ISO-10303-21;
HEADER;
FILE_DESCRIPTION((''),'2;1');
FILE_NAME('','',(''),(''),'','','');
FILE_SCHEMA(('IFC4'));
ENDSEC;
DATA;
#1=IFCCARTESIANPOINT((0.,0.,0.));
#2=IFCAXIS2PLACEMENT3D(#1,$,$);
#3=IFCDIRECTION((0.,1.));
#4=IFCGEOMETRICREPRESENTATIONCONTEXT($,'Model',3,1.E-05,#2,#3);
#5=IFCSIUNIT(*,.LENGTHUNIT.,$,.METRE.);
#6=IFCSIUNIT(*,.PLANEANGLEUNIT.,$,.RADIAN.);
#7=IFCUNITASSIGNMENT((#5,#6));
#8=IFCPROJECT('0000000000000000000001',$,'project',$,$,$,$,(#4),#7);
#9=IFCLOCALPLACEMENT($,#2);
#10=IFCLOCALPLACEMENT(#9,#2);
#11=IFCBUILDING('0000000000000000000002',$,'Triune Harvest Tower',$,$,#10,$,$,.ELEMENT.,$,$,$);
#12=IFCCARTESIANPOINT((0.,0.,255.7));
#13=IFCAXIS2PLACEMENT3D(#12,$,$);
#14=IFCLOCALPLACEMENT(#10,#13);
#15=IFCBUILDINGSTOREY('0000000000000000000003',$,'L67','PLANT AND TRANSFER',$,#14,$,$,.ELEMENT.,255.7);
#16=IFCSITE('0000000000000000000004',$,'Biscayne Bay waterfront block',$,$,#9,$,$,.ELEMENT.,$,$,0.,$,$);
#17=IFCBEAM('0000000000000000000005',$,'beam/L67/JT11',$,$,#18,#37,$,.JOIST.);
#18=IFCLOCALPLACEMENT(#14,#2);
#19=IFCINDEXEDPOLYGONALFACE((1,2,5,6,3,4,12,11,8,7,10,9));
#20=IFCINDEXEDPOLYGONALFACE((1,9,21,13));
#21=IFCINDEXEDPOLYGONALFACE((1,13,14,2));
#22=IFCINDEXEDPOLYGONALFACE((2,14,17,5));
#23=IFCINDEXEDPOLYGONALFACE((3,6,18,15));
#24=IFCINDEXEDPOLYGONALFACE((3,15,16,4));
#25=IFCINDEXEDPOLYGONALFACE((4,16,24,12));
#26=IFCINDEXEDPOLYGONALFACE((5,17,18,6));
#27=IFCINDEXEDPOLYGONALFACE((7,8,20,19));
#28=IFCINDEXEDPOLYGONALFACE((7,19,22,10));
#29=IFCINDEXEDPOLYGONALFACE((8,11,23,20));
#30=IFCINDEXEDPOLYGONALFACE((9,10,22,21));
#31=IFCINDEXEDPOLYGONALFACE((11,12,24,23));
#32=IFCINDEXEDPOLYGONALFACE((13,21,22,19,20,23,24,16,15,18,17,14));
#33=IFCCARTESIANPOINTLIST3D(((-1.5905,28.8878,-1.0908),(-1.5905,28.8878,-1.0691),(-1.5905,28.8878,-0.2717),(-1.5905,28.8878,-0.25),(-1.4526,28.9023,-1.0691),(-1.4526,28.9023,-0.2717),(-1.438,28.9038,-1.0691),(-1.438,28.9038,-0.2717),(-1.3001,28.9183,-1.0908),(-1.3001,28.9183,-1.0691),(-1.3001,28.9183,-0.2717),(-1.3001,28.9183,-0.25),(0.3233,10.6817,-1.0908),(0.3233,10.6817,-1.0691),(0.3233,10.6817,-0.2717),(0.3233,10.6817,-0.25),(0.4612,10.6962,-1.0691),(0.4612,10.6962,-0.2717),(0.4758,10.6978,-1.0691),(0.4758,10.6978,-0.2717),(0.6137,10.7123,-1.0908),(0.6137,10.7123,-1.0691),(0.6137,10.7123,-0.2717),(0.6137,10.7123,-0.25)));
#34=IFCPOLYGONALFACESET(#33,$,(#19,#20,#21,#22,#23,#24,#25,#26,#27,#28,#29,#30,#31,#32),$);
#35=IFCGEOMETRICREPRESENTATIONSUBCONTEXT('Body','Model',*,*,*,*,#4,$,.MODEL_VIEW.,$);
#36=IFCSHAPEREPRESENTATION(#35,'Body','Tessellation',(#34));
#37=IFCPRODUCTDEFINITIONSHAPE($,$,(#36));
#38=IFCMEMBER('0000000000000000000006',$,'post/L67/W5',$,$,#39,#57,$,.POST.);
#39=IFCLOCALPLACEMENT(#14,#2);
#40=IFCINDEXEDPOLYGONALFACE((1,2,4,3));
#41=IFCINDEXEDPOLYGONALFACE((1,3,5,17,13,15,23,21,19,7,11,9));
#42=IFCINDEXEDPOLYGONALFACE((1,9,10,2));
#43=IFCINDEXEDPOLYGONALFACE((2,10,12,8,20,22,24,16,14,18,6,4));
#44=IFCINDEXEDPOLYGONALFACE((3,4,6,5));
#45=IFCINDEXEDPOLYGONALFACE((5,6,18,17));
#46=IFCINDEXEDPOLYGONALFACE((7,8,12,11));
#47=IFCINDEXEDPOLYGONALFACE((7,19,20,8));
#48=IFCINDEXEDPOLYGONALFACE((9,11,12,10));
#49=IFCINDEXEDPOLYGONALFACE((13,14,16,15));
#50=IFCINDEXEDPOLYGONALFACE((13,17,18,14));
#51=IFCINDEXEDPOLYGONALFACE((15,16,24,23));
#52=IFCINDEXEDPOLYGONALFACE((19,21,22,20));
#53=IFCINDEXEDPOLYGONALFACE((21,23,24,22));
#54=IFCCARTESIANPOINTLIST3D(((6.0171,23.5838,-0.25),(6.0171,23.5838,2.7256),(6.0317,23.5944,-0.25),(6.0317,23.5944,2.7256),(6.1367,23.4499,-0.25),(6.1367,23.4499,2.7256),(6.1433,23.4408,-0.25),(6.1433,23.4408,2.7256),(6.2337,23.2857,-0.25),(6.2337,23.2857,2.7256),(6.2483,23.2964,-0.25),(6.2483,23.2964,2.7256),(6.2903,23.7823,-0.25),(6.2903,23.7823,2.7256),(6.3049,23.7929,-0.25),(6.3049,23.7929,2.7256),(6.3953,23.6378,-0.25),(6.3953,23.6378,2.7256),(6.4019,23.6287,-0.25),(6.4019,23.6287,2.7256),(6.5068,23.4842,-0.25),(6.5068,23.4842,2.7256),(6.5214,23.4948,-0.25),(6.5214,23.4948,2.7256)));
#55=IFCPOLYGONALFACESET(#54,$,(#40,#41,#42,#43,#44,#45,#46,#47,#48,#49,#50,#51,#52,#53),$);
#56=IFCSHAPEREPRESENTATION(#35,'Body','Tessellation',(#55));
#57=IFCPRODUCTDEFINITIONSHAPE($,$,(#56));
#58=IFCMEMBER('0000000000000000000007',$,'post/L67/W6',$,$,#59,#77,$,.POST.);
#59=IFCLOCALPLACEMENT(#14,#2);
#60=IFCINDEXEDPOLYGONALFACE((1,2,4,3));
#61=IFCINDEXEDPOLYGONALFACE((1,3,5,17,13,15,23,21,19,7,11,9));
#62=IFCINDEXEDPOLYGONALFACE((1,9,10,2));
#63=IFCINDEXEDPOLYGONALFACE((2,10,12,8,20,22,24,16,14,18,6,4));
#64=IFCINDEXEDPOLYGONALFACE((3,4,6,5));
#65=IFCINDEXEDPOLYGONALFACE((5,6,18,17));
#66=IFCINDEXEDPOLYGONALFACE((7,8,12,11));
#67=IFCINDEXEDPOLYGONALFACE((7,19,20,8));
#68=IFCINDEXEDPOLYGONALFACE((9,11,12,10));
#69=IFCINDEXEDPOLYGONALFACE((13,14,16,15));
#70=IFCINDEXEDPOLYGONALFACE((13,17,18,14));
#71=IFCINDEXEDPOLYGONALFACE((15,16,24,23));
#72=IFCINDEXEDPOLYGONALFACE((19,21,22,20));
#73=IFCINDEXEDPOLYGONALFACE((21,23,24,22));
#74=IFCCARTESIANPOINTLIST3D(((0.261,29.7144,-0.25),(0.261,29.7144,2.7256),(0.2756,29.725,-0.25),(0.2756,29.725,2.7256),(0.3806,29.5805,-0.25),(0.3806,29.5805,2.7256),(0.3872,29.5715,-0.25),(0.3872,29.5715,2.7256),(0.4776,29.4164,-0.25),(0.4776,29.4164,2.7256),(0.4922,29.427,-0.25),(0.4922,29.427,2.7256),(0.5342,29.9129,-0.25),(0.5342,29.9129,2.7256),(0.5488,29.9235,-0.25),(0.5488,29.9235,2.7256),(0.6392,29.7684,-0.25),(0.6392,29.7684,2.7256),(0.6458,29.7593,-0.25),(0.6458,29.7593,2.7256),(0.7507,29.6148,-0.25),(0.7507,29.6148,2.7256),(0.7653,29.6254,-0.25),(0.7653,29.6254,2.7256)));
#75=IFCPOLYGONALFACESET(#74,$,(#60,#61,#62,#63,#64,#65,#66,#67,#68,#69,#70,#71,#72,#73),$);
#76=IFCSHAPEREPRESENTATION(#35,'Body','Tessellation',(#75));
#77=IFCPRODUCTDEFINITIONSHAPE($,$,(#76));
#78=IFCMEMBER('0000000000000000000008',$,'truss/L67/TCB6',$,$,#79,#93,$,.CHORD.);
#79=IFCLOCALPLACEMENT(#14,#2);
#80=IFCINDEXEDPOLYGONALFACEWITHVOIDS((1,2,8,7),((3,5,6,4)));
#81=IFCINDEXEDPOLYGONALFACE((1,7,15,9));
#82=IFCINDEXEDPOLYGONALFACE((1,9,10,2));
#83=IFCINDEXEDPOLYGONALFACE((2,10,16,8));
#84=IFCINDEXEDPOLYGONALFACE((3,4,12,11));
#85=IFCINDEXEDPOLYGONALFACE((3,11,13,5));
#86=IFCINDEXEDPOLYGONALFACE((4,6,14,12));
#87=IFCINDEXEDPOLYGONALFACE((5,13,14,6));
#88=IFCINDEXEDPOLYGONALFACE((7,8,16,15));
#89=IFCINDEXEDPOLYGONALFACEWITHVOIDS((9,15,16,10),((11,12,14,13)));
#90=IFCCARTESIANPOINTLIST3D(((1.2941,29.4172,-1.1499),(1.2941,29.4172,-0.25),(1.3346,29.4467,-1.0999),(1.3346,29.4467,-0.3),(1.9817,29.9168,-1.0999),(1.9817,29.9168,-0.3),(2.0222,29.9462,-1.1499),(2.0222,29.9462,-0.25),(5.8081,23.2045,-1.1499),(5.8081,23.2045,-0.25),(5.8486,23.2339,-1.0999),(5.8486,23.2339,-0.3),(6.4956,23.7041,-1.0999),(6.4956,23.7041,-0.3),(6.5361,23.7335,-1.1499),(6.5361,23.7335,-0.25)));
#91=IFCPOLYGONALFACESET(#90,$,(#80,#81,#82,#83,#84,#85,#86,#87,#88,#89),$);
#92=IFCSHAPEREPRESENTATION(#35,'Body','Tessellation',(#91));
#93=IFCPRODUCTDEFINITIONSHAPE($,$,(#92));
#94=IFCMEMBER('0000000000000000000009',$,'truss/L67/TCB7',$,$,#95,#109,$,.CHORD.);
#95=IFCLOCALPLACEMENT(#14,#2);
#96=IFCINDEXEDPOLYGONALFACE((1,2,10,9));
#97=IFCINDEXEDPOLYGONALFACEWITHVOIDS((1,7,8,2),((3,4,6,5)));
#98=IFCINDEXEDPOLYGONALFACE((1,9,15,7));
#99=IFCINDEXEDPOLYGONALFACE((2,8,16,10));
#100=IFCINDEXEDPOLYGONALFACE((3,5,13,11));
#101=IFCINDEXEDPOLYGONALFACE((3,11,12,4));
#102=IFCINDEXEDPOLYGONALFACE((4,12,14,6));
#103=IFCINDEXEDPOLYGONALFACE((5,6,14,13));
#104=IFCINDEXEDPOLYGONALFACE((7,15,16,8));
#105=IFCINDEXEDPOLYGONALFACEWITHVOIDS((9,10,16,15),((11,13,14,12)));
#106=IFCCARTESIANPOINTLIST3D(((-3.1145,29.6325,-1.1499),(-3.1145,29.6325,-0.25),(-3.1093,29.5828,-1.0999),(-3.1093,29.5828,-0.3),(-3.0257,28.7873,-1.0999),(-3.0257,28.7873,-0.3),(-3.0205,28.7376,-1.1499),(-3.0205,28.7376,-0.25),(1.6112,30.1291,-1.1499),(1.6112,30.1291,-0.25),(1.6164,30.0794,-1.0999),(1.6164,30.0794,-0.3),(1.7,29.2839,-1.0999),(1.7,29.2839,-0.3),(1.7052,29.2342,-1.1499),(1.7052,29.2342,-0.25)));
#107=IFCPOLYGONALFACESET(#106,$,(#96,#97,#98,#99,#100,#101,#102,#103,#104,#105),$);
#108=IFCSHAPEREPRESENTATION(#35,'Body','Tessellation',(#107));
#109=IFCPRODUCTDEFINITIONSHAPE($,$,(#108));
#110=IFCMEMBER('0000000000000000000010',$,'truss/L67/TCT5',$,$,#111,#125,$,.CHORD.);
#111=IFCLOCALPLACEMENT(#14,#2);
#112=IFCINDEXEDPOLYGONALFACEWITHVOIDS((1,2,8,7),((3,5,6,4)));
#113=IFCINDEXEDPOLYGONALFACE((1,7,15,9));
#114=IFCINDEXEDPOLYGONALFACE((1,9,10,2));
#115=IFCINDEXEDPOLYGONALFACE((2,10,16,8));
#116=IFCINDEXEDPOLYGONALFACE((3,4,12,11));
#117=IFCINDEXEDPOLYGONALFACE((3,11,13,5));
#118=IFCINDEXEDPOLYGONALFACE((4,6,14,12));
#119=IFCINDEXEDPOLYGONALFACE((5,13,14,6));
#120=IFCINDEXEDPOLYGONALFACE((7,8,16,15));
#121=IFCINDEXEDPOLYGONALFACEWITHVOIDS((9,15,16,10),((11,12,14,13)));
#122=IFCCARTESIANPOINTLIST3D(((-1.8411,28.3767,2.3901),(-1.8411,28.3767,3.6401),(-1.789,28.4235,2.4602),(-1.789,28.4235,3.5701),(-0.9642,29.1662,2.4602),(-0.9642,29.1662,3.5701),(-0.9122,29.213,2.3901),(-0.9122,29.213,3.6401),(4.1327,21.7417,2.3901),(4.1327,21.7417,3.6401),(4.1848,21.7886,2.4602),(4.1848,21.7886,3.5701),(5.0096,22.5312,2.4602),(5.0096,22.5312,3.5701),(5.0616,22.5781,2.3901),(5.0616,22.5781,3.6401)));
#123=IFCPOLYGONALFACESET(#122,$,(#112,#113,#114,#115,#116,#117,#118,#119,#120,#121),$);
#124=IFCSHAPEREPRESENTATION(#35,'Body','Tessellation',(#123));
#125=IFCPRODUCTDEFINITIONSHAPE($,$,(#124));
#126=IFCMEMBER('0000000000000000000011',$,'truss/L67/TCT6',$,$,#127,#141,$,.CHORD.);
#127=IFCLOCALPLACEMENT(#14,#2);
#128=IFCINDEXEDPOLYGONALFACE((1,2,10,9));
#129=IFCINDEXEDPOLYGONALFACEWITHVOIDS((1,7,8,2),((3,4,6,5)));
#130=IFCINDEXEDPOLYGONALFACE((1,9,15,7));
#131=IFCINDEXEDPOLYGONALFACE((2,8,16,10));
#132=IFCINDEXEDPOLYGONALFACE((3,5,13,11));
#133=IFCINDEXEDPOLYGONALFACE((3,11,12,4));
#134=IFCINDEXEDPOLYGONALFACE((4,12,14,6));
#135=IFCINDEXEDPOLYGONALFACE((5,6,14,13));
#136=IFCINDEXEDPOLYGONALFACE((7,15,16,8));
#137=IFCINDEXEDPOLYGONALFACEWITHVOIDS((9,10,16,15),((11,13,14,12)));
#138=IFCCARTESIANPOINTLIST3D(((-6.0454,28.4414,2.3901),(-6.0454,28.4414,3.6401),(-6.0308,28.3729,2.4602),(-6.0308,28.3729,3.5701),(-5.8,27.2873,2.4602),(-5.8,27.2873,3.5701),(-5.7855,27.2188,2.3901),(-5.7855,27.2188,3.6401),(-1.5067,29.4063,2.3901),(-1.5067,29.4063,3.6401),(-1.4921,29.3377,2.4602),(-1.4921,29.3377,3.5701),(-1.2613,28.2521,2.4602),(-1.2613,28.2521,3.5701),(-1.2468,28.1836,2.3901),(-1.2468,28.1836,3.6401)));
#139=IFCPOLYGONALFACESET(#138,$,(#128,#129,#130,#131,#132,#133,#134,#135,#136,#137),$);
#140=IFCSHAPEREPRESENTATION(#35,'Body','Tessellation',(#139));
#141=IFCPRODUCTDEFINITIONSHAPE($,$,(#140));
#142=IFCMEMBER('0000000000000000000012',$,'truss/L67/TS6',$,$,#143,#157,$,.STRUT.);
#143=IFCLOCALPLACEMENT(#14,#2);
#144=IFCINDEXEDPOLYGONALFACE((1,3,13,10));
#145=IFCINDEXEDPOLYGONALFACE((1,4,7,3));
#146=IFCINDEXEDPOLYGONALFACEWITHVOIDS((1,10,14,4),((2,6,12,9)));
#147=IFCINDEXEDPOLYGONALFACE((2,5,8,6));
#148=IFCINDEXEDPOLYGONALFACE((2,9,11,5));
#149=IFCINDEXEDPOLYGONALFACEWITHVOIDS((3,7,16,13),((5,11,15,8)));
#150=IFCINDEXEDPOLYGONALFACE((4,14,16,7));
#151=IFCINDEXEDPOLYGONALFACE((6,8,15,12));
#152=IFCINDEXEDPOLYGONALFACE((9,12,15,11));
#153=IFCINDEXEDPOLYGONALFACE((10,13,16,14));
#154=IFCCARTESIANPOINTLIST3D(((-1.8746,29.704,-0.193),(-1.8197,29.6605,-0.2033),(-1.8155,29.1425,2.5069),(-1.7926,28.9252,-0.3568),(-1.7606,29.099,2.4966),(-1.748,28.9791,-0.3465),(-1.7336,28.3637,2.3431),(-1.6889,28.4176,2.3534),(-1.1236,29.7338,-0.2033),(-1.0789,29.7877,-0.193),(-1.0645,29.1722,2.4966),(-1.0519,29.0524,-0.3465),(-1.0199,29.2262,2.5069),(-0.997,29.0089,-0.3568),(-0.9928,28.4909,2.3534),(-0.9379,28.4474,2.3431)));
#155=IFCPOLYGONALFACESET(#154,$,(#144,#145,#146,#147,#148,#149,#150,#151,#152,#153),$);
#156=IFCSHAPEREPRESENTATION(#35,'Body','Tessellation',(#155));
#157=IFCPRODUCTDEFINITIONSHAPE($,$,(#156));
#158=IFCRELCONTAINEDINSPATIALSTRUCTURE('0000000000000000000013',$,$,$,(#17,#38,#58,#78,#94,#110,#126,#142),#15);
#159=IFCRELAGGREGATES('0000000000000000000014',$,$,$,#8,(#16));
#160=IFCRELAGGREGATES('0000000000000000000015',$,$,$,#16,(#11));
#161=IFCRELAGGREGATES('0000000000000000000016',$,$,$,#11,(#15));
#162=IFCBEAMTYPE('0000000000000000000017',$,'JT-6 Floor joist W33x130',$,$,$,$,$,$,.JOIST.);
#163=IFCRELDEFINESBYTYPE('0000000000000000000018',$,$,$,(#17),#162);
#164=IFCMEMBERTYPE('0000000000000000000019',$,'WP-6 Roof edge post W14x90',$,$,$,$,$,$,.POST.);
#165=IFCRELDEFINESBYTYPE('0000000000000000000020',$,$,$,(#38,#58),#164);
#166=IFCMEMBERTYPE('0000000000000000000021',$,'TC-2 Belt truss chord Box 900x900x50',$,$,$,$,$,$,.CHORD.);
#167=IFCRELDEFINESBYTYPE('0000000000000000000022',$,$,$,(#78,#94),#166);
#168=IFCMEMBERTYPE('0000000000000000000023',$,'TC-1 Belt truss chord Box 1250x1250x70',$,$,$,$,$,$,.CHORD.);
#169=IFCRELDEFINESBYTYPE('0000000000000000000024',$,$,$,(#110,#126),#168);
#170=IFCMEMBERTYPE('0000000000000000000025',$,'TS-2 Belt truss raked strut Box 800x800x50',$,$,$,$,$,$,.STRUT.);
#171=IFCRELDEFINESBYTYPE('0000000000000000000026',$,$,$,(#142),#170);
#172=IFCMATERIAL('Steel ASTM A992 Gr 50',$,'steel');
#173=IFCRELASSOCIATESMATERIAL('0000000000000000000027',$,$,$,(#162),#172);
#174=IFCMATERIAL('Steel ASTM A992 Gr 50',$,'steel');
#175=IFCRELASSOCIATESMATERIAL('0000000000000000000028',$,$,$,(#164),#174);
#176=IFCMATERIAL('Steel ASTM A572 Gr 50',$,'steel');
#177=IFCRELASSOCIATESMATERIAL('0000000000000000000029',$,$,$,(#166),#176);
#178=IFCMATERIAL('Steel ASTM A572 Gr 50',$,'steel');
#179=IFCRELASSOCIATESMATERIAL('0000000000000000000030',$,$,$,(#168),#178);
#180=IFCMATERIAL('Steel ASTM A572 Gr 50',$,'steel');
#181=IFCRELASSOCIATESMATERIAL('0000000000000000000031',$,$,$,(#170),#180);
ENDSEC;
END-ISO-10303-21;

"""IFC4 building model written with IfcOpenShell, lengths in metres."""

from ifc_helpers import new_model, si_unit, direction, frame, origin, origin_2d, place, context, subcontext, project, spatial, hollow_rectangle, i_section, extrude, source, transform, mapped, material, material_profile, profile_set, type_object, element, save


model = new_model("IFC4")

# Units and contexts
model_context = context("Model", 3, precision=1e-05, world=origin(), true_north=direction((0.0, 1.0)))
body_context = subcontext(model_context, "Body", "Model", "MODEL_VIEW")
ifc_project = project(units=[si_unit("LENGTHUNIT", "METRE"), si_unit("PLANEANGLEUNIT", "RADIAN")], contexts=[model_context])

# Site, building, storey
site_placement = place(None, origin())
site = spatial("IfcSite", under=ifc_project, at=site_placement, Name="Biscayne Bay waterfront block", CompositionType="ELEMENT", RefElevation=0.0)
building_placement = place(site_placement, origin())
building = spatial("IfcBuilding", under=site, at=building_placement, Name="Triune Harvest Tower", CompositionType="ELEMENT")
storey_placement = place(building_placement, frame((0.0, 0.0, 255.7)))
storey = spatial("IfcBuildingStorey", under=building, at=storey_placement, Name="L67", Description="PLANT AND TRANSFER", CompositionType="ELEMENT", Elevation=255.7)

# Beam
ifc_material_1 = material(Name="Steel ASTM A992 Gr 50", Category="steel")
ifc_material_profile_1 = material_profile(ifc_material_1, i_section(OverallWidth=0.292, OverallDepth=0.8408, WebThickness=0.0146, FlangeThickness=0.0217, at=origin_2d()), Name="W33x130")
ifc_profile_set_1 = profile_set([ifc_material_profile_1], Name="Steel ASTM A992 Gr 50")
beam_type_1 = type_object("IfcBeamType", Name="JT-6 Floor joist W33x130", PredefinedType="JOIST", material=ifc_profile_set_1)
shared_shape_1 = source(origin(), body_context, "Body", "SweptSolid", [
    extrude(i_section(OverallWidth=0.292, OverallDepth=0.8408, WebThickness=0.0146, FlangeThickness=0.0217, at=origin_2d()), origin(), (0.0, 0.0, 1.0), 18.3064),
])
beam_1_placement = place(storey_placement, frame((-1.4453, 28.9031, -0.6704), z_axis=(0.104544, -0.99452, 0.0), x_axis=(0.99452, 0.104544, 0.0)))
element("IfcBeam", 1, at=beam_1_placement, inside=storey, type_object=beam_type_1, Name="beam/L67/JT11", PredefinedType="JOIST", context=body_context, shape_type="MappedRepresentation", body=[
    mapped(shared_shape_1, transform((0.0, 0.0, 0.0), scale=1.0)),
])

# Members
ifc_material_2 = material(Name="Steel ASTM A992 Gr 50", Category="steel")
ifc_material_profile_2 = material_profile(ifc_material_2, i_section(OverallWidth=0.3684, OverallDepth=0.3557, WebThickness=0.0112, FlangeThickness=0.0181, at=origin_2d()), Name="W14x90")
ifc_profile_set_2 = profile_set([ifc_material_profile_2], Name="Steel ASTM A992 Gr 50")
member_type_1 = type_object("IfcMemberType", Name="WP-6 Roof edge post W14x90", PredefinedType="POST", material=ifc_profile_set_2)
shared_shape_2 = source(origin(), body_context, "Body", "SweptSolid", [
    extrude(i_section(OverallWidth=0.3684, OverallDepth=0.3557, WebThickness=0.0112, FlangeThickness=0.0181, at=origin_2d()), origin(), (0.0, 0.0, 1.0), 2.9756),
])
for number, where, z_axis, x_axis, name in (
    (2, (6.2693, 23.5393, -0.25), (0.0, 0.0, 1.0), (-0.587785, 0.809017, 0.0), "post/L67/W5"),
    (3, (0.5132, 29.6699, -0.25), (0.0, 0.0, 1.0), (-0.587785, 0.809017, 0.0), "post/L67/W6"),
):
    element("IfcMember", number, at=place(storey_placement, frame(where, z_axis=z_axis, x_axis=x_axis)), inside=storey, type_object=member_type_1, Name=name, PredefinedType="POST", context=body_context, shape_type="MappedRepresentation", body=[
        mapped(shared_shape_2, transform((0.0, 0.0, 0.0), scale=1.0)),
    ])
ifc_material_3 = material(Name="Steel ASTM A572 Gr 50", Category="steel")
ifc_material_profile_3 = material_profile(ifc_material_3, hollow_rectangle(XDim=0.8999, YDim=0.8999, WallThickness=0.05, at=origin_2d()), Name="Box 900x900x50")
ifc_profile_set_3 = profile_set([ifc_material_profile_3], Name="Steel ASTM A572 Gr 50")
member_type_2 = type_object("IfcMemberType", Name="TC-2 Belt truss chord Box 900x900x50", PredefinedType="CHORD", material=ifc_profile_set_3)
shared_shape_3 = source(origin(), body_context, "Body", "SweptSolid", [
    extrude(hollow_rectangle(XDim=0.8999, YDim=0.8999, WallThickness=0.05, at=origin_2d()), origin(), (0.0, 0.0, 1.0), 7.6794),
])
member_1_placement = place(storey_placement, frame((6.1721, 23.469, -0.7), z_axis=(-0.587799, 0.809007, 0.0), x_axis=(-0.809007, -0.587799, 0.0)))
element("IfcMember", 4, at=member_1_placement, inside=storey, type_object=member_type_2, Name="truss/L67/TCB6", PredefinedType="CHORD", context=body_context, shape_type="MappedRepresentation", body=[
    mapped(shared_shape_3, transform((0.0, 0.0, 0.0), scale=1.0)),
])
shared_shape_4 = source(origin(), body_context, "Body", "SweptSolid", [
    extrude(hollow_rectangle(XDim=0.8999, YDim=0.8999, WallThickness=0.05, at=origin_2d()), origin(), (0.0, 0.0, 1.0), 4.7517),
])
member_2_placement = place(storey_placement, frame((1.6582, 29.6816, -0.7), z_axis=(-0.994524, -0.104508, 0.0), x_axis=(0.104508, -0.994524, 0.0)))
element("IfcMember", 5, at=member_2_placement, inside=storey, type_object=member_type_2, Name="truss/L67/TCB7", PredefinedType="CHORD", context=body_context, shape_type="MappedRepresentation", body=[
    mapped(shared_shape_4, transform((0.0, 0.0, 0.0), scale=1.0)),
])
ifc_material_4 = material(Name="Steel ASTM A572 Gr 50", Category="steel")
ifc_material_profile_4 = material_profile(ifc_material_4, hollow_rectangle(XDim=1.25, YDim=1.25, WallThickness=0.0701, at=origin_2d()), Name="Box 1250x1250x70")
ifc_profile_set_4 = profile_set([ifc_material_profile_4], Name="Steel ASTM A572 Gr 50")
member_type_3 = type_object("IfcMemberType", Name="TC-1 Belt truss chord Box 1250x1250x70", PredefinedType="CHORD", material=ifc_profile_set_4)
shared_shape_5 = source(origin(), body_context, "Body", "SweptSolid", [
    extrude(hollow_rectangle(XDim=1.25, YDim=1.25, WallThickness=0.0701, at=origin_2d()), origin(), (0.0, 0.0, 1.0), 8.928),
])
member_3_placement = place(storey_placement, frame((4.5972, 22.1599, 3.0151), z_axis=(-0.669111, 0.743162, 0.0), x_axis=(-0.743162, -0.669111, 0.0)))
element("IfcMember", 6, at=member_3_placement, inside=storey, type_object=member_type_3, Name="truss/L67/TCT5", PredefinedType="CHORD", context=body_context, shape_type="MappedRepresentation", body=[
    mapped(shared_shape_5, transform((0.0, 0.0, 0.0), scale=1.0)),
])
shared_shape_6 = source(origin(), body_context, "Body", "SweptSolid", [
    extrude(hollow_rectangle(XDim=1.25, YDim=1.25, WallThickness=0.0701, at=origin_2d()), origin(), (0.0, 0.0, 1.0), 4.6401),
])
member_4_placement = place(storey_placement, frame((-1.3767, 28.7949, 3.0151), z_axis=(-0.978144, -0.20793, 0.0), x_axis=(0.20793, -0.978144, 0.0)))
element("IfcMember", 7, at=member_4_placement, inside=storey, type_object=member_type_3, Name="truss/L67/TCT6", PredefinedType="CHORD", context=body_context, shape_type="MappedRepresentation", body=[
    mapped(shared_shape_6, transform((0.0, 0.0, 0.0), scale=1.0)),
])
ifc_material_5 = material(Name="Steel ASTM A572 Gr 50", Category="steel")
ifc_material_profile_5 = material_profile(ifc_material_5, hollow_rectangle(XDim=0.8, YDim=0.8, WallThickness=0.05, at=origin_2d()), Name="Box 800x800x50")
ifc_profile_set_5 = profile_set([ifc_material_profile_5], Name="Steel ASTM A572 Gr 50")
member_type_4 = type_object("IfcMemberType", Name="TS-2 Belt truss raked strut Box 800x800x50", PredefinedType="STRUT", material=ifc_profile_set_5)
shared_shape_7 = source(origin(), body_context, "Body", "SweptSolid", [
    extrude(hollow_rectangle(XDim=0.8, YDim=0.8, WallThickness=0.05, at=origin_2d()), origin(), (0.0, 0.0, 1.0), 2.7583),
])
member_5_placement = place(storey_placement, frame((-1.4358, 29.3564, -0.2749), z_axis=(0.021419, -0.203572, 0.978826), x_axis=(0.99451, 0.10464, 0.0)))
element("IfcMember", 8, at=member_5_placement, inside=storey, type_object=member_type_4, Name="truss/L67/TS6", PredefinedType="STRUT", context=body_context, shape_type="MappedRepresentation", body=[
    mapped(shared_shape_7, transform((0.0, 0.0, 0.0), scale=1.0)),
])

save(model, "model.ifc")
